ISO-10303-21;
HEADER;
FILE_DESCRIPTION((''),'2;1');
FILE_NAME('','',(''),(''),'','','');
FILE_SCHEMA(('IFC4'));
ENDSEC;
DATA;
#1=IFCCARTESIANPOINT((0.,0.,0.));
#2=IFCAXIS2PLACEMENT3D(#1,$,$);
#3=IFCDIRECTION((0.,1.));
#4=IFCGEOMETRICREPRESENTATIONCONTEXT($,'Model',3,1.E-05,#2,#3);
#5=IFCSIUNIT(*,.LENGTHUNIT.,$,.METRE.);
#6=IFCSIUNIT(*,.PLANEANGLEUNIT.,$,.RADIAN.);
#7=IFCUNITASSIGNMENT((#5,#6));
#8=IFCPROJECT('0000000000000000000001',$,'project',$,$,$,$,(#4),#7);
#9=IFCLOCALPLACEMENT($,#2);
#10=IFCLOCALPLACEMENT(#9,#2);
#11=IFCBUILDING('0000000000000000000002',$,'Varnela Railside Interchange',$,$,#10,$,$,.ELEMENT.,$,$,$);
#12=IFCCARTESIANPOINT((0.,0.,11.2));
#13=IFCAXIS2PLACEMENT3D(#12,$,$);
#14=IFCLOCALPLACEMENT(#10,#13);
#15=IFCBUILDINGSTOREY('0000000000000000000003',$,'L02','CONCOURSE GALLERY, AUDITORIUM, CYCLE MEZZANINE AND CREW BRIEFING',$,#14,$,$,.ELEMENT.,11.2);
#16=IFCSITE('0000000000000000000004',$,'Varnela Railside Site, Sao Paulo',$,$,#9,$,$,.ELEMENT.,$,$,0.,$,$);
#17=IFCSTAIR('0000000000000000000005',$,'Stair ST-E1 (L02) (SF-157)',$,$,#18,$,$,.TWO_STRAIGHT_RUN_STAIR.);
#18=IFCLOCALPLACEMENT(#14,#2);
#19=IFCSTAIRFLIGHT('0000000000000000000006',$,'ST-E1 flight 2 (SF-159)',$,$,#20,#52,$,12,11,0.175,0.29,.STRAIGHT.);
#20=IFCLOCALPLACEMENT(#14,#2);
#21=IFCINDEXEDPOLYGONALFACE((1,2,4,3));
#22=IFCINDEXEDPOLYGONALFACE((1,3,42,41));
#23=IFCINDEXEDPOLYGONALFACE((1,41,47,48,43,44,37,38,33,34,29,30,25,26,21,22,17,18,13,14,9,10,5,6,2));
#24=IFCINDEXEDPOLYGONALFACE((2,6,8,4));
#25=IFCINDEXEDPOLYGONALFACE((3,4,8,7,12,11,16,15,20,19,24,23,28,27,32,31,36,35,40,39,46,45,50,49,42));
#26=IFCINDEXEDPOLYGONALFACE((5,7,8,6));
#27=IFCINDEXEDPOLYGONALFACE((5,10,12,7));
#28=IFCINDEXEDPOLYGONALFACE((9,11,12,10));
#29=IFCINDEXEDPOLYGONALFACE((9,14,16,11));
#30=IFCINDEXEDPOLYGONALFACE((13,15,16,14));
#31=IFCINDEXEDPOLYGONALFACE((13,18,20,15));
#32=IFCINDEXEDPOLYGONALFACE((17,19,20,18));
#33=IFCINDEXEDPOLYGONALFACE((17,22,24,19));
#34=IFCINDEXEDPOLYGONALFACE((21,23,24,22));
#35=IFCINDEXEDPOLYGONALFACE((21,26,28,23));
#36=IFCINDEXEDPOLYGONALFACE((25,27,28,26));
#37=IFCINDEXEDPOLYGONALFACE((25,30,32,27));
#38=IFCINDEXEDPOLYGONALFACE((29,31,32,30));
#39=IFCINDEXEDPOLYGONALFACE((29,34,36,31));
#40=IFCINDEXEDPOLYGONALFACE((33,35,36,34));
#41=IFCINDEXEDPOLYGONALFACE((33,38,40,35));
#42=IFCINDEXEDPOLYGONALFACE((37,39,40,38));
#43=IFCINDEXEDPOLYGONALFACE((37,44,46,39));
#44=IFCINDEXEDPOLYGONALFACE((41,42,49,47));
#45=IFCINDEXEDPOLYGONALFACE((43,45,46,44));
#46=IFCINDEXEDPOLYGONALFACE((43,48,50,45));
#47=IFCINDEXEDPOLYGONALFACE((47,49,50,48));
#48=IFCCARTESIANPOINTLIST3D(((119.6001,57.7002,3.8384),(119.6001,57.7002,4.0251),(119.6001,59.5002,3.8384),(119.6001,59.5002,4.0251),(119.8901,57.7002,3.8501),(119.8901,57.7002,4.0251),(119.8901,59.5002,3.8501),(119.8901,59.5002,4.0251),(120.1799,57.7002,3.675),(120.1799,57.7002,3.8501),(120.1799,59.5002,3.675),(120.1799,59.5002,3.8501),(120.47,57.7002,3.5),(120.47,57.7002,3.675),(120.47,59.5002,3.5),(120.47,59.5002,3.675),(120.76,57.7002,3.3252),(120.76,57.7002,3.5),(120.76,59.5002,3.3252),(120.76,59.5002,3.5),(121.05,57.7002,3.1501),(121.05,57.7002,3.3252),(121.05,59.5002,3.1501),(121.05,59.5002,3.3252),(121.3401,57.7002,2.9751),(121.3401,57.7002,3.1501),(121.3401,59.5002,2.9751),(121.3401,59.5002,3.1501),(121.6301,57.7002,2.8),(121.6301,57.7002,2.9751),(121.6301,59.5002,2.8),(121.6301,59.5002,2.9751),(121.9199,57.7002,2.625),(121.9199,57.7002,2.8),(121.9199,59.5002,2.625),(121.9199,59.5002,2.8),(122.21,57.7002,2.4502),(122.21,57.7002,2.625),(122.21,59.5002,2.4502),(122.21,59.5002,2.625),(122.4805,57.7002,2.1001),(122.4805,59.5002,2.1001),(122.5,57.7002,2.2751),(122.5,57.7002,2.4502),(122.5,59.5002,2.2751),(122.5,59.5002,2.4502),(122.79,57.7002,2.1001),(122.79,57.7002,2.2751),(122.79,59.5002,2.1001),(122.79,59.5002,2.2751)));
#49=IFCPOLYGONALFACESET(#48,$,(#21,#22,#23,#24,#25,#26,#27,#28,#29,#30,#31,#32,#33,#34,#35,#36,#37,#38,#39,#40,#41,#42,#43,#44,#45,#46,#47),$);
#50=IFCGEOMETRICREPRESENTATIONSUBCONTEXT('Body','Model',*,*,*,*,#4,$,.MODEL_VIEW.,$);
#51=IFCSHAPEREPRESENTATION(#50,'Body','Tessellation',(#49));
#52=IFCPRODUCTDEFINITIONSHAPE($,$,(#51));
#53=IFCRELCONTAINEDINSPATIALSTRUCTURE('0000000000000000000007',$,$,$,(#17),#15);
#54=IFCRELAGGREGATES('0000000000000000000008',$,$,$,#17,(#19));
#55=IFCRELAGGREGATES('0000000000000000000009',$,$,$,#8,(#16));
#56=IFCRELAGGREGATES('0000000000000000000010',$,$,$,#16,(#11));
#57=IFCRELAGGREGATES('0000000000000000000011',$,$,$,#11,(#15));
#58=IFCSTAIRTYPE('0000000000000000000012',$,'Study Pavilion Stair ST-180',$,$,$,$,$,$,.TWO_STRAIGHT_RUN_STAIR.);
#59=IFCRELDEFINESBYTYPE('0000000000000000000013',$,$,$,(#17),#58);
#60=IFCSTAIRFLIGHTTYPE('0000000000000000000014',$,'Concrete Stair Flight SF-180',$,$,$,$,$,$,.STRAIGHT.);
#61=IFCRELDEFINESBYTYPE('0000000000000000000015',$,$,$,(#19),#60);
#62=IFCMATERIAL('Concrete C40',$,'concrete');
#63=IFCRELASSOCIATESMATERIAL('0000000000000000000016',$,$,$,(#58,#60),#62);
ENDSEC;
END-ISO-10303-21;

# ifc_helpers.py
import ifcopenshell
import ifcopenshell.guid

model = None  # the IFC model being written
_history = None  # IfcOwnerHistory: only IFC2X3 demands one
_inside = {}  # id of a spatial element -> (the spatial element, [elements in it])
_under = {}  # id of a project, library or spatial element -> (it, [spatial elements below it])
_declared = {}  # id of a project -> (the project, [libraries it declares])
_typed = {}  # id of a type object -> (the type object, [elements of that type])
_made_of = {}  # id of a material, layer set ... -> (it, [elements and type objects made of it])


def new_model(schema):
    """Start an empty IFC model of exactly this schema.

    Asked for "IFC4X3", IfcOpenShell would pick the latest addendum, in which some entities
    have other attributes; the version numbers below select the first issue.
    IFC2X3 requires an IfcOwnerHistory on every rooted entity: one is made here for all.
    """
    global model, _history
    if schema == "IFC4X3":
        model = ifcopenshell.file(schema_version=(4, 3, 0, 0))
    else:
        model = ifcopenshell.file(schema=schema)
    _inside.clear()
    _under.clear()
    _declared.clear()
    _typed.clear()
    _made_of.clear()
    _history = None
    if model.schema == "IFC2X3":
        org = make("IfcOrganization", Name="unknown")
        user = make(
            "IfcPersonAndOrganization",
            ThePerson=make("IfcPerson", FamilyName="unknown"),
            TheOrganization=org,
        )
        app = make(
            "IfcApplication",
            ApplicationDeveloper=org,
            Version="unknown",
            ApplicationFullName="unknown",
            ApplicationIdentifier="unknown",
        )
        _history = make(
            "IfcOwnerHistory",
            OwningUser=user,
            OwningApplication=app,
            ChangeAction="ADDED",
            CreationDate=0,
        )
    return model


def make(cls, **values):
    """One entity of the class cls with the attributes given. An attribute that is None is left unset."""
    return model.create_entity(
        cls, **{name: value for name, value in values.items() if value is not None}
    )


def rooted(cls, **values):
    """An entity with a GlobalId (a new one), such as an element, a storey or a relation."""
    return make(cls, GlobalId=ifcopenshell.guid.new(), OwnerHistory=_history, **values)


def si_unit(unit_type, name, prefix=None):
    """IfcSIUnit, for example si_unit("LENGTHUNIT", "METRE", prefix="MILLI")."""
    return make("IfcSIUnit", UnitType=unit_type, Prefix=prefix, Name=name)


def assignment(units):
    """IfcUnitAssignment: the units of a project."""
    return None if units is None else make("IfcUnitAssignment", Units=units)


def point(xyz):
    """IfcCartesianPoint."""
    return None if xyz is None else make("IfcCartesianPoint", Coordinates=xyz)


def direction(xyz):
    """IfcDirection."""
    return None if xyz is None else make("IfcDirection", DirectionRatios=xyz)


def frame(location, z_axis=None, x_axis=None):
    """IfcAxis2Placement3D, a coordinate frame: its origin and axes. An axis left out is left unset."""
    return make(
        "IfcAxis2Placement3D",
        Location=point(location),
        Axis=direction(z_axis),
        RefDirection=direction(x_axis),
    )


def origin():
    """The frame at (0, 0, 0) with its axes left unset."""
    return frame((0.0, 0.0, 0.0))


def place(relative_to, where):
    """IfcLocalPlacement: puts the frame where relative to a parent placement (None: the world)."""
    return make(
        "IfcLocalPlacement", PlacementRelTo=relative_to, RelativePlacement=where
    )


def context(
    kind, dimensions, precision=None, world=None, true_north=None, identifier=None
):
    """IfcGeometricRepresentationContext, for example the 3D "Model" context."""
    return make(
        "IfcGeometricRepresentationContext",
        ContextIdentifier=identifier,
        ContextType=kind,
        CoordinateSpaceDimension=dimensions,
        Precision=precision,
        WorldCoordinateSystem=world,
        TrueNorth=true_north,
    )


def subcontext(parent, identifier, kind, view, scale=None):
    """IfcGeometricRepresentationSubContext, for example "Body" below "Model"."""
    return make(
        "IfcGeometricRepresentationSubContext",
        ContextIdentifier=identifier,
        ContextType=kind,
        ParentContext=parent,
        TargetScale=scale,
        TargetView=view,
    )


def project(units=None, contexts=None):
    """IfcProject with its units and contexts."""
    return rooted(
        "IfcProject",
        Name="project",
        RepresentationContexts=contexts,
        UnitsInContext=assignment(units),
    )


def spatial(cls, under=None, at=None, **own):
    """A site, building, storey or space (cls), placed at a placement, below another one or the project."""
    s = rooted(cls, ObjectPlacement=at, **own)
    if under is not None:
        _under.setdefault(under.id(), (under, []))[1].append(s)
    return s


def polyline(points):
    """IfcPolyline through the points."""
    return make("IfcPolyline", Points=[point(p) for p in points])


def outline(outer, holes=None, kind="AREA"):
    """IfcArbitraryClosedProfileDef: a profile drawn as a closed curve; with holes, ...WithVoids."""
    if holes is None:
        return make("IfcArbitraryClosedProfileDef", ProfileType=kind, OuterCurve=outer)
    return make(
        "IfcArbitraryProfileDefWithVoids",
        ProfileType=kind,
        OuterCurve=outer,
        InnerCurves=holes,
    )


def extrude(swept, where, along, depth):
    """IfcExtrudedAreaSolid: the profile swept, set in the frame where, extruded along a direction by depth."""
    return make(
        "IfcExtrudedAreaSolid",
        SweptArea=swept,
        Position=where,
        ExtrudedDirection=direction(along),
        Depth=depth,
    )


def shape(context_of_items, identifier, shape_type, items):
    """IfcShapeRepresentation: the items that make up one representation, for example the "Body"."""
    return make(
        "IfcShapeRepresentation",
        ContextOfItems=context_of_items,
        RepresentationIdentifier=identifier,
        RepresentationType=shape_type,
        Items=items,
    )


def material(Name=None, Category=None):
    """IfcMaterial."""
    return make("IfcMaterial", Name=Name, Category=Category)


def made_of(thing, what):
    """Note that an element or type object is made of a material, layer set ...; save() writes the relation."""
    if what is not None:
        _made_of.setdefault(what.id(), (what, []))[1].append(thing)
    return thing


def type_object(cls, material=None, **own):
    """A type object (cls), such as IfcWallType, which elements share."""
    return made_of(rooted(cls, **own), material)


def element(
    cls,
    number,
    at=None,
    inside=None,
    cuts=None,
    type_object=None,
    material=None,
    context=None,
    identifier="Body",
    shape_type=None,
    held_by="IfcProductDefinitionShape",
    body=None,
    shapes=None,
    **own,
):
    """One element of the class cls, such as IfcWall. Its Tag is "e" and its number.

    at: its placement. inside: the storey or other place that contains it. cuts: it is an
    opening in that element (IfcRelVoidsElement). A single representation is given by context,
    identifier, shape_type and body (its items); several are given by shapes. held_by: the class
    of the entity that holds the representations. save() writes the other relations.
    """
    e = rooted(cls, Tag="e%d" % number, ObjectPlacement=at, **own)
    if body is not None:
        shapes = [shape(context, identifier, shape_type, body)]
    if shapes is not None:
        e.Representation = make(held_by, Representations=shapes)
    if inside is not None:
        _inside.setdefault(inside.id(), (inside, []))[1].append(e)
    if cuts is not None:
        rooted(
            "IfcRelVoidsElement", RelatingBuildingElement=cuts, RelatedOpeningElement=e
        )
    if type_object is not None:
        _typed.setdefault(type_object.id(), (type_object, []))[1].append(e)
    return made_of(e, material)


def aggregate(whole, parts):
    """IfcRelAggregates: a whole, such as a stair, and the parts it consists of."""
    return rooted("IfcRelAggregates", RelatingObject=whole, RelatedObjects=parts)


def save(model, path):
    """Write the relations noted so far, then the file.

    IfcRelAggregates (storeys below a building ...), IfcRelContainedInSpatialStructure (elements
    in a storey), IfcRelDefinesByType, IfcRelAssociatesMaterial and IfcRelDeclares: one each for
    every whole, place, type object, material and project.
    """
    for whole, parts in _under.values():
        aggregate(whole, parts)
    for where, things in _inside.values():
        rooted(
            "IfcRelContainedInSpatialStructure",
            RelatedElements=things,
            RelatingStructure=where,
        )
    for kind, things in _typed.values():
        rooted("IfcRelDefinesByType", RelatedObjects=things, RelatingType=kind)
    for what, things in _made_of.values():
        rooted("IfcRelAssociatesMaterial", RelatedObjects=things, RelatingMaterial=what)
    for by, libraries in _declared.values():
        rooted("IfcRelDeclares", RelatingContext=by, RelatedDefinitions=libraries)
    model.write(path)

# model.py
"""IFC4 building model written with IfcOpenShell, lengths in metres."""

from ifc_helpers import new_model, si_unit, direction, frame, origin, place, context, subcontext, project, spatial, polyline, outline, extrude, material, type_object, element, aggregate, save


model = new_model("IFC4")

# Units and contexts
model_context = context("Model", 3, precision=1e-05, world=origin(), true_north=direction((0.0, 1.0)))
body_context = subcontext(model_context, "Body", "Model", "MODEL_VIEW")
ifc_project = project(units=[si_unit("LENGTHUNIT", "METRE"), si_unit("PLANEANGLEUNIT", "RADIAN")], contexts=[model_context])

# Site, building, storey
site_placement = place(None, origin())
site = spatial("IfcSite", under=ifc_project, at=site_placement, Name="Varnela Railside Site, Sao Paulo", CompositionType="ELEMENT", RefElevation=0.0)
building_placement = place(site_placement, origin())
building = spatial("IfcBuilding", under=site, at=building_placement, Name="Varnela Railside Interchange", CompositionType="ELEMENT")
storey_placement = place(building_placement, frame((0.0, 0.0, 11.2)))
storey = spatial("IfcBuildingStorey", under=building, at=storey_placement, Name="L02", Description="CONCOURSE GALLERY, AUDITORIUM, CYCLE MEZZANINE AND CREW BRIEFING", CompositionType="ELEMENT", Elevation=11.2)

# Shared definitions
ifc_material_1 = material(Name="Concrete C40", Category="concrete")

# Stair, stair flight
stair_type = type_object("IfcStairType", Name="Study Pavilion Stair ST-180", PredefinedType="TWO_STRAIGHT_RUN_STAIR", material=ifc_material_1)
stair_placement = place(storey_placement, origin())
stair = element("IfcStair", 1, at=stair_placement, inside=storey, type_object=stair_type, Name="Stair ST-E1 (L02) (SF-157)", PredefinedType="TWO_STRAIGHT_RUN_STAIR")
stair_flight_type = type_object("IfcStairFlightType", Name="Concrete Stair Flight SF-180", PredefinedType="STRAIGHT", material=ifc_material_1)
stair_flight_placement = place(storey_placement, frame((122.79, 58.6001, 2.1001), z_axis=(0.0, 0.0, 1.0), x_axis=(-1.0, 0.0, 0.0)))
stair_flight = element("IfcStairFlight", 2, at=stair_flight_placement, type_object=stair_flight_type, Name="ST-E1 flight 2 (SF-159)", NumberOfRisers=12, NumberOfTreads=11, PredefinedType="STRAIGHT", RiserHeight=0.175, TreadLength=0.29, context=body_context, shape_type="SweptSolid", body=[
    extrude(outline(polyline([(0.0, 0.0), (0.0, 0.175), (0.29, 0.175), (0.29, 0.3501), (0.5801, 0.3501), (0.5801, 0.5249), (0.8701, 0.5249), (0.8701, 0.7), (1.1599, 0.7), (1.1599, 0.875), (1.45, 0.875), (1.45, 1.05), (1.74, 1.05), (1.74, 1.2251), (2.03, 1.2251), (2.03, 1.3999), (2.3201, 1.3999), (2.3201, 1.575), (2.6101, 1.575), (2.6101, 1.75), (2.8999, 1.75), (2.8999, 1.925), (3.1899, 1.925), (3.1899, 2.1001), (3.1899, 1.7383), (0.3096, 0.0), (0.0, 0.0)])), frame((0.0, 0.8999, 0.0), z_axis=(0.0, -1.0, 0.0), x_axis=(1.0, 0.0, 0.0)), (0.0, 0.0, 1.0), 1.8),
])
aggregate(stair, [stair_flight])

save(model, "model.ifc")
